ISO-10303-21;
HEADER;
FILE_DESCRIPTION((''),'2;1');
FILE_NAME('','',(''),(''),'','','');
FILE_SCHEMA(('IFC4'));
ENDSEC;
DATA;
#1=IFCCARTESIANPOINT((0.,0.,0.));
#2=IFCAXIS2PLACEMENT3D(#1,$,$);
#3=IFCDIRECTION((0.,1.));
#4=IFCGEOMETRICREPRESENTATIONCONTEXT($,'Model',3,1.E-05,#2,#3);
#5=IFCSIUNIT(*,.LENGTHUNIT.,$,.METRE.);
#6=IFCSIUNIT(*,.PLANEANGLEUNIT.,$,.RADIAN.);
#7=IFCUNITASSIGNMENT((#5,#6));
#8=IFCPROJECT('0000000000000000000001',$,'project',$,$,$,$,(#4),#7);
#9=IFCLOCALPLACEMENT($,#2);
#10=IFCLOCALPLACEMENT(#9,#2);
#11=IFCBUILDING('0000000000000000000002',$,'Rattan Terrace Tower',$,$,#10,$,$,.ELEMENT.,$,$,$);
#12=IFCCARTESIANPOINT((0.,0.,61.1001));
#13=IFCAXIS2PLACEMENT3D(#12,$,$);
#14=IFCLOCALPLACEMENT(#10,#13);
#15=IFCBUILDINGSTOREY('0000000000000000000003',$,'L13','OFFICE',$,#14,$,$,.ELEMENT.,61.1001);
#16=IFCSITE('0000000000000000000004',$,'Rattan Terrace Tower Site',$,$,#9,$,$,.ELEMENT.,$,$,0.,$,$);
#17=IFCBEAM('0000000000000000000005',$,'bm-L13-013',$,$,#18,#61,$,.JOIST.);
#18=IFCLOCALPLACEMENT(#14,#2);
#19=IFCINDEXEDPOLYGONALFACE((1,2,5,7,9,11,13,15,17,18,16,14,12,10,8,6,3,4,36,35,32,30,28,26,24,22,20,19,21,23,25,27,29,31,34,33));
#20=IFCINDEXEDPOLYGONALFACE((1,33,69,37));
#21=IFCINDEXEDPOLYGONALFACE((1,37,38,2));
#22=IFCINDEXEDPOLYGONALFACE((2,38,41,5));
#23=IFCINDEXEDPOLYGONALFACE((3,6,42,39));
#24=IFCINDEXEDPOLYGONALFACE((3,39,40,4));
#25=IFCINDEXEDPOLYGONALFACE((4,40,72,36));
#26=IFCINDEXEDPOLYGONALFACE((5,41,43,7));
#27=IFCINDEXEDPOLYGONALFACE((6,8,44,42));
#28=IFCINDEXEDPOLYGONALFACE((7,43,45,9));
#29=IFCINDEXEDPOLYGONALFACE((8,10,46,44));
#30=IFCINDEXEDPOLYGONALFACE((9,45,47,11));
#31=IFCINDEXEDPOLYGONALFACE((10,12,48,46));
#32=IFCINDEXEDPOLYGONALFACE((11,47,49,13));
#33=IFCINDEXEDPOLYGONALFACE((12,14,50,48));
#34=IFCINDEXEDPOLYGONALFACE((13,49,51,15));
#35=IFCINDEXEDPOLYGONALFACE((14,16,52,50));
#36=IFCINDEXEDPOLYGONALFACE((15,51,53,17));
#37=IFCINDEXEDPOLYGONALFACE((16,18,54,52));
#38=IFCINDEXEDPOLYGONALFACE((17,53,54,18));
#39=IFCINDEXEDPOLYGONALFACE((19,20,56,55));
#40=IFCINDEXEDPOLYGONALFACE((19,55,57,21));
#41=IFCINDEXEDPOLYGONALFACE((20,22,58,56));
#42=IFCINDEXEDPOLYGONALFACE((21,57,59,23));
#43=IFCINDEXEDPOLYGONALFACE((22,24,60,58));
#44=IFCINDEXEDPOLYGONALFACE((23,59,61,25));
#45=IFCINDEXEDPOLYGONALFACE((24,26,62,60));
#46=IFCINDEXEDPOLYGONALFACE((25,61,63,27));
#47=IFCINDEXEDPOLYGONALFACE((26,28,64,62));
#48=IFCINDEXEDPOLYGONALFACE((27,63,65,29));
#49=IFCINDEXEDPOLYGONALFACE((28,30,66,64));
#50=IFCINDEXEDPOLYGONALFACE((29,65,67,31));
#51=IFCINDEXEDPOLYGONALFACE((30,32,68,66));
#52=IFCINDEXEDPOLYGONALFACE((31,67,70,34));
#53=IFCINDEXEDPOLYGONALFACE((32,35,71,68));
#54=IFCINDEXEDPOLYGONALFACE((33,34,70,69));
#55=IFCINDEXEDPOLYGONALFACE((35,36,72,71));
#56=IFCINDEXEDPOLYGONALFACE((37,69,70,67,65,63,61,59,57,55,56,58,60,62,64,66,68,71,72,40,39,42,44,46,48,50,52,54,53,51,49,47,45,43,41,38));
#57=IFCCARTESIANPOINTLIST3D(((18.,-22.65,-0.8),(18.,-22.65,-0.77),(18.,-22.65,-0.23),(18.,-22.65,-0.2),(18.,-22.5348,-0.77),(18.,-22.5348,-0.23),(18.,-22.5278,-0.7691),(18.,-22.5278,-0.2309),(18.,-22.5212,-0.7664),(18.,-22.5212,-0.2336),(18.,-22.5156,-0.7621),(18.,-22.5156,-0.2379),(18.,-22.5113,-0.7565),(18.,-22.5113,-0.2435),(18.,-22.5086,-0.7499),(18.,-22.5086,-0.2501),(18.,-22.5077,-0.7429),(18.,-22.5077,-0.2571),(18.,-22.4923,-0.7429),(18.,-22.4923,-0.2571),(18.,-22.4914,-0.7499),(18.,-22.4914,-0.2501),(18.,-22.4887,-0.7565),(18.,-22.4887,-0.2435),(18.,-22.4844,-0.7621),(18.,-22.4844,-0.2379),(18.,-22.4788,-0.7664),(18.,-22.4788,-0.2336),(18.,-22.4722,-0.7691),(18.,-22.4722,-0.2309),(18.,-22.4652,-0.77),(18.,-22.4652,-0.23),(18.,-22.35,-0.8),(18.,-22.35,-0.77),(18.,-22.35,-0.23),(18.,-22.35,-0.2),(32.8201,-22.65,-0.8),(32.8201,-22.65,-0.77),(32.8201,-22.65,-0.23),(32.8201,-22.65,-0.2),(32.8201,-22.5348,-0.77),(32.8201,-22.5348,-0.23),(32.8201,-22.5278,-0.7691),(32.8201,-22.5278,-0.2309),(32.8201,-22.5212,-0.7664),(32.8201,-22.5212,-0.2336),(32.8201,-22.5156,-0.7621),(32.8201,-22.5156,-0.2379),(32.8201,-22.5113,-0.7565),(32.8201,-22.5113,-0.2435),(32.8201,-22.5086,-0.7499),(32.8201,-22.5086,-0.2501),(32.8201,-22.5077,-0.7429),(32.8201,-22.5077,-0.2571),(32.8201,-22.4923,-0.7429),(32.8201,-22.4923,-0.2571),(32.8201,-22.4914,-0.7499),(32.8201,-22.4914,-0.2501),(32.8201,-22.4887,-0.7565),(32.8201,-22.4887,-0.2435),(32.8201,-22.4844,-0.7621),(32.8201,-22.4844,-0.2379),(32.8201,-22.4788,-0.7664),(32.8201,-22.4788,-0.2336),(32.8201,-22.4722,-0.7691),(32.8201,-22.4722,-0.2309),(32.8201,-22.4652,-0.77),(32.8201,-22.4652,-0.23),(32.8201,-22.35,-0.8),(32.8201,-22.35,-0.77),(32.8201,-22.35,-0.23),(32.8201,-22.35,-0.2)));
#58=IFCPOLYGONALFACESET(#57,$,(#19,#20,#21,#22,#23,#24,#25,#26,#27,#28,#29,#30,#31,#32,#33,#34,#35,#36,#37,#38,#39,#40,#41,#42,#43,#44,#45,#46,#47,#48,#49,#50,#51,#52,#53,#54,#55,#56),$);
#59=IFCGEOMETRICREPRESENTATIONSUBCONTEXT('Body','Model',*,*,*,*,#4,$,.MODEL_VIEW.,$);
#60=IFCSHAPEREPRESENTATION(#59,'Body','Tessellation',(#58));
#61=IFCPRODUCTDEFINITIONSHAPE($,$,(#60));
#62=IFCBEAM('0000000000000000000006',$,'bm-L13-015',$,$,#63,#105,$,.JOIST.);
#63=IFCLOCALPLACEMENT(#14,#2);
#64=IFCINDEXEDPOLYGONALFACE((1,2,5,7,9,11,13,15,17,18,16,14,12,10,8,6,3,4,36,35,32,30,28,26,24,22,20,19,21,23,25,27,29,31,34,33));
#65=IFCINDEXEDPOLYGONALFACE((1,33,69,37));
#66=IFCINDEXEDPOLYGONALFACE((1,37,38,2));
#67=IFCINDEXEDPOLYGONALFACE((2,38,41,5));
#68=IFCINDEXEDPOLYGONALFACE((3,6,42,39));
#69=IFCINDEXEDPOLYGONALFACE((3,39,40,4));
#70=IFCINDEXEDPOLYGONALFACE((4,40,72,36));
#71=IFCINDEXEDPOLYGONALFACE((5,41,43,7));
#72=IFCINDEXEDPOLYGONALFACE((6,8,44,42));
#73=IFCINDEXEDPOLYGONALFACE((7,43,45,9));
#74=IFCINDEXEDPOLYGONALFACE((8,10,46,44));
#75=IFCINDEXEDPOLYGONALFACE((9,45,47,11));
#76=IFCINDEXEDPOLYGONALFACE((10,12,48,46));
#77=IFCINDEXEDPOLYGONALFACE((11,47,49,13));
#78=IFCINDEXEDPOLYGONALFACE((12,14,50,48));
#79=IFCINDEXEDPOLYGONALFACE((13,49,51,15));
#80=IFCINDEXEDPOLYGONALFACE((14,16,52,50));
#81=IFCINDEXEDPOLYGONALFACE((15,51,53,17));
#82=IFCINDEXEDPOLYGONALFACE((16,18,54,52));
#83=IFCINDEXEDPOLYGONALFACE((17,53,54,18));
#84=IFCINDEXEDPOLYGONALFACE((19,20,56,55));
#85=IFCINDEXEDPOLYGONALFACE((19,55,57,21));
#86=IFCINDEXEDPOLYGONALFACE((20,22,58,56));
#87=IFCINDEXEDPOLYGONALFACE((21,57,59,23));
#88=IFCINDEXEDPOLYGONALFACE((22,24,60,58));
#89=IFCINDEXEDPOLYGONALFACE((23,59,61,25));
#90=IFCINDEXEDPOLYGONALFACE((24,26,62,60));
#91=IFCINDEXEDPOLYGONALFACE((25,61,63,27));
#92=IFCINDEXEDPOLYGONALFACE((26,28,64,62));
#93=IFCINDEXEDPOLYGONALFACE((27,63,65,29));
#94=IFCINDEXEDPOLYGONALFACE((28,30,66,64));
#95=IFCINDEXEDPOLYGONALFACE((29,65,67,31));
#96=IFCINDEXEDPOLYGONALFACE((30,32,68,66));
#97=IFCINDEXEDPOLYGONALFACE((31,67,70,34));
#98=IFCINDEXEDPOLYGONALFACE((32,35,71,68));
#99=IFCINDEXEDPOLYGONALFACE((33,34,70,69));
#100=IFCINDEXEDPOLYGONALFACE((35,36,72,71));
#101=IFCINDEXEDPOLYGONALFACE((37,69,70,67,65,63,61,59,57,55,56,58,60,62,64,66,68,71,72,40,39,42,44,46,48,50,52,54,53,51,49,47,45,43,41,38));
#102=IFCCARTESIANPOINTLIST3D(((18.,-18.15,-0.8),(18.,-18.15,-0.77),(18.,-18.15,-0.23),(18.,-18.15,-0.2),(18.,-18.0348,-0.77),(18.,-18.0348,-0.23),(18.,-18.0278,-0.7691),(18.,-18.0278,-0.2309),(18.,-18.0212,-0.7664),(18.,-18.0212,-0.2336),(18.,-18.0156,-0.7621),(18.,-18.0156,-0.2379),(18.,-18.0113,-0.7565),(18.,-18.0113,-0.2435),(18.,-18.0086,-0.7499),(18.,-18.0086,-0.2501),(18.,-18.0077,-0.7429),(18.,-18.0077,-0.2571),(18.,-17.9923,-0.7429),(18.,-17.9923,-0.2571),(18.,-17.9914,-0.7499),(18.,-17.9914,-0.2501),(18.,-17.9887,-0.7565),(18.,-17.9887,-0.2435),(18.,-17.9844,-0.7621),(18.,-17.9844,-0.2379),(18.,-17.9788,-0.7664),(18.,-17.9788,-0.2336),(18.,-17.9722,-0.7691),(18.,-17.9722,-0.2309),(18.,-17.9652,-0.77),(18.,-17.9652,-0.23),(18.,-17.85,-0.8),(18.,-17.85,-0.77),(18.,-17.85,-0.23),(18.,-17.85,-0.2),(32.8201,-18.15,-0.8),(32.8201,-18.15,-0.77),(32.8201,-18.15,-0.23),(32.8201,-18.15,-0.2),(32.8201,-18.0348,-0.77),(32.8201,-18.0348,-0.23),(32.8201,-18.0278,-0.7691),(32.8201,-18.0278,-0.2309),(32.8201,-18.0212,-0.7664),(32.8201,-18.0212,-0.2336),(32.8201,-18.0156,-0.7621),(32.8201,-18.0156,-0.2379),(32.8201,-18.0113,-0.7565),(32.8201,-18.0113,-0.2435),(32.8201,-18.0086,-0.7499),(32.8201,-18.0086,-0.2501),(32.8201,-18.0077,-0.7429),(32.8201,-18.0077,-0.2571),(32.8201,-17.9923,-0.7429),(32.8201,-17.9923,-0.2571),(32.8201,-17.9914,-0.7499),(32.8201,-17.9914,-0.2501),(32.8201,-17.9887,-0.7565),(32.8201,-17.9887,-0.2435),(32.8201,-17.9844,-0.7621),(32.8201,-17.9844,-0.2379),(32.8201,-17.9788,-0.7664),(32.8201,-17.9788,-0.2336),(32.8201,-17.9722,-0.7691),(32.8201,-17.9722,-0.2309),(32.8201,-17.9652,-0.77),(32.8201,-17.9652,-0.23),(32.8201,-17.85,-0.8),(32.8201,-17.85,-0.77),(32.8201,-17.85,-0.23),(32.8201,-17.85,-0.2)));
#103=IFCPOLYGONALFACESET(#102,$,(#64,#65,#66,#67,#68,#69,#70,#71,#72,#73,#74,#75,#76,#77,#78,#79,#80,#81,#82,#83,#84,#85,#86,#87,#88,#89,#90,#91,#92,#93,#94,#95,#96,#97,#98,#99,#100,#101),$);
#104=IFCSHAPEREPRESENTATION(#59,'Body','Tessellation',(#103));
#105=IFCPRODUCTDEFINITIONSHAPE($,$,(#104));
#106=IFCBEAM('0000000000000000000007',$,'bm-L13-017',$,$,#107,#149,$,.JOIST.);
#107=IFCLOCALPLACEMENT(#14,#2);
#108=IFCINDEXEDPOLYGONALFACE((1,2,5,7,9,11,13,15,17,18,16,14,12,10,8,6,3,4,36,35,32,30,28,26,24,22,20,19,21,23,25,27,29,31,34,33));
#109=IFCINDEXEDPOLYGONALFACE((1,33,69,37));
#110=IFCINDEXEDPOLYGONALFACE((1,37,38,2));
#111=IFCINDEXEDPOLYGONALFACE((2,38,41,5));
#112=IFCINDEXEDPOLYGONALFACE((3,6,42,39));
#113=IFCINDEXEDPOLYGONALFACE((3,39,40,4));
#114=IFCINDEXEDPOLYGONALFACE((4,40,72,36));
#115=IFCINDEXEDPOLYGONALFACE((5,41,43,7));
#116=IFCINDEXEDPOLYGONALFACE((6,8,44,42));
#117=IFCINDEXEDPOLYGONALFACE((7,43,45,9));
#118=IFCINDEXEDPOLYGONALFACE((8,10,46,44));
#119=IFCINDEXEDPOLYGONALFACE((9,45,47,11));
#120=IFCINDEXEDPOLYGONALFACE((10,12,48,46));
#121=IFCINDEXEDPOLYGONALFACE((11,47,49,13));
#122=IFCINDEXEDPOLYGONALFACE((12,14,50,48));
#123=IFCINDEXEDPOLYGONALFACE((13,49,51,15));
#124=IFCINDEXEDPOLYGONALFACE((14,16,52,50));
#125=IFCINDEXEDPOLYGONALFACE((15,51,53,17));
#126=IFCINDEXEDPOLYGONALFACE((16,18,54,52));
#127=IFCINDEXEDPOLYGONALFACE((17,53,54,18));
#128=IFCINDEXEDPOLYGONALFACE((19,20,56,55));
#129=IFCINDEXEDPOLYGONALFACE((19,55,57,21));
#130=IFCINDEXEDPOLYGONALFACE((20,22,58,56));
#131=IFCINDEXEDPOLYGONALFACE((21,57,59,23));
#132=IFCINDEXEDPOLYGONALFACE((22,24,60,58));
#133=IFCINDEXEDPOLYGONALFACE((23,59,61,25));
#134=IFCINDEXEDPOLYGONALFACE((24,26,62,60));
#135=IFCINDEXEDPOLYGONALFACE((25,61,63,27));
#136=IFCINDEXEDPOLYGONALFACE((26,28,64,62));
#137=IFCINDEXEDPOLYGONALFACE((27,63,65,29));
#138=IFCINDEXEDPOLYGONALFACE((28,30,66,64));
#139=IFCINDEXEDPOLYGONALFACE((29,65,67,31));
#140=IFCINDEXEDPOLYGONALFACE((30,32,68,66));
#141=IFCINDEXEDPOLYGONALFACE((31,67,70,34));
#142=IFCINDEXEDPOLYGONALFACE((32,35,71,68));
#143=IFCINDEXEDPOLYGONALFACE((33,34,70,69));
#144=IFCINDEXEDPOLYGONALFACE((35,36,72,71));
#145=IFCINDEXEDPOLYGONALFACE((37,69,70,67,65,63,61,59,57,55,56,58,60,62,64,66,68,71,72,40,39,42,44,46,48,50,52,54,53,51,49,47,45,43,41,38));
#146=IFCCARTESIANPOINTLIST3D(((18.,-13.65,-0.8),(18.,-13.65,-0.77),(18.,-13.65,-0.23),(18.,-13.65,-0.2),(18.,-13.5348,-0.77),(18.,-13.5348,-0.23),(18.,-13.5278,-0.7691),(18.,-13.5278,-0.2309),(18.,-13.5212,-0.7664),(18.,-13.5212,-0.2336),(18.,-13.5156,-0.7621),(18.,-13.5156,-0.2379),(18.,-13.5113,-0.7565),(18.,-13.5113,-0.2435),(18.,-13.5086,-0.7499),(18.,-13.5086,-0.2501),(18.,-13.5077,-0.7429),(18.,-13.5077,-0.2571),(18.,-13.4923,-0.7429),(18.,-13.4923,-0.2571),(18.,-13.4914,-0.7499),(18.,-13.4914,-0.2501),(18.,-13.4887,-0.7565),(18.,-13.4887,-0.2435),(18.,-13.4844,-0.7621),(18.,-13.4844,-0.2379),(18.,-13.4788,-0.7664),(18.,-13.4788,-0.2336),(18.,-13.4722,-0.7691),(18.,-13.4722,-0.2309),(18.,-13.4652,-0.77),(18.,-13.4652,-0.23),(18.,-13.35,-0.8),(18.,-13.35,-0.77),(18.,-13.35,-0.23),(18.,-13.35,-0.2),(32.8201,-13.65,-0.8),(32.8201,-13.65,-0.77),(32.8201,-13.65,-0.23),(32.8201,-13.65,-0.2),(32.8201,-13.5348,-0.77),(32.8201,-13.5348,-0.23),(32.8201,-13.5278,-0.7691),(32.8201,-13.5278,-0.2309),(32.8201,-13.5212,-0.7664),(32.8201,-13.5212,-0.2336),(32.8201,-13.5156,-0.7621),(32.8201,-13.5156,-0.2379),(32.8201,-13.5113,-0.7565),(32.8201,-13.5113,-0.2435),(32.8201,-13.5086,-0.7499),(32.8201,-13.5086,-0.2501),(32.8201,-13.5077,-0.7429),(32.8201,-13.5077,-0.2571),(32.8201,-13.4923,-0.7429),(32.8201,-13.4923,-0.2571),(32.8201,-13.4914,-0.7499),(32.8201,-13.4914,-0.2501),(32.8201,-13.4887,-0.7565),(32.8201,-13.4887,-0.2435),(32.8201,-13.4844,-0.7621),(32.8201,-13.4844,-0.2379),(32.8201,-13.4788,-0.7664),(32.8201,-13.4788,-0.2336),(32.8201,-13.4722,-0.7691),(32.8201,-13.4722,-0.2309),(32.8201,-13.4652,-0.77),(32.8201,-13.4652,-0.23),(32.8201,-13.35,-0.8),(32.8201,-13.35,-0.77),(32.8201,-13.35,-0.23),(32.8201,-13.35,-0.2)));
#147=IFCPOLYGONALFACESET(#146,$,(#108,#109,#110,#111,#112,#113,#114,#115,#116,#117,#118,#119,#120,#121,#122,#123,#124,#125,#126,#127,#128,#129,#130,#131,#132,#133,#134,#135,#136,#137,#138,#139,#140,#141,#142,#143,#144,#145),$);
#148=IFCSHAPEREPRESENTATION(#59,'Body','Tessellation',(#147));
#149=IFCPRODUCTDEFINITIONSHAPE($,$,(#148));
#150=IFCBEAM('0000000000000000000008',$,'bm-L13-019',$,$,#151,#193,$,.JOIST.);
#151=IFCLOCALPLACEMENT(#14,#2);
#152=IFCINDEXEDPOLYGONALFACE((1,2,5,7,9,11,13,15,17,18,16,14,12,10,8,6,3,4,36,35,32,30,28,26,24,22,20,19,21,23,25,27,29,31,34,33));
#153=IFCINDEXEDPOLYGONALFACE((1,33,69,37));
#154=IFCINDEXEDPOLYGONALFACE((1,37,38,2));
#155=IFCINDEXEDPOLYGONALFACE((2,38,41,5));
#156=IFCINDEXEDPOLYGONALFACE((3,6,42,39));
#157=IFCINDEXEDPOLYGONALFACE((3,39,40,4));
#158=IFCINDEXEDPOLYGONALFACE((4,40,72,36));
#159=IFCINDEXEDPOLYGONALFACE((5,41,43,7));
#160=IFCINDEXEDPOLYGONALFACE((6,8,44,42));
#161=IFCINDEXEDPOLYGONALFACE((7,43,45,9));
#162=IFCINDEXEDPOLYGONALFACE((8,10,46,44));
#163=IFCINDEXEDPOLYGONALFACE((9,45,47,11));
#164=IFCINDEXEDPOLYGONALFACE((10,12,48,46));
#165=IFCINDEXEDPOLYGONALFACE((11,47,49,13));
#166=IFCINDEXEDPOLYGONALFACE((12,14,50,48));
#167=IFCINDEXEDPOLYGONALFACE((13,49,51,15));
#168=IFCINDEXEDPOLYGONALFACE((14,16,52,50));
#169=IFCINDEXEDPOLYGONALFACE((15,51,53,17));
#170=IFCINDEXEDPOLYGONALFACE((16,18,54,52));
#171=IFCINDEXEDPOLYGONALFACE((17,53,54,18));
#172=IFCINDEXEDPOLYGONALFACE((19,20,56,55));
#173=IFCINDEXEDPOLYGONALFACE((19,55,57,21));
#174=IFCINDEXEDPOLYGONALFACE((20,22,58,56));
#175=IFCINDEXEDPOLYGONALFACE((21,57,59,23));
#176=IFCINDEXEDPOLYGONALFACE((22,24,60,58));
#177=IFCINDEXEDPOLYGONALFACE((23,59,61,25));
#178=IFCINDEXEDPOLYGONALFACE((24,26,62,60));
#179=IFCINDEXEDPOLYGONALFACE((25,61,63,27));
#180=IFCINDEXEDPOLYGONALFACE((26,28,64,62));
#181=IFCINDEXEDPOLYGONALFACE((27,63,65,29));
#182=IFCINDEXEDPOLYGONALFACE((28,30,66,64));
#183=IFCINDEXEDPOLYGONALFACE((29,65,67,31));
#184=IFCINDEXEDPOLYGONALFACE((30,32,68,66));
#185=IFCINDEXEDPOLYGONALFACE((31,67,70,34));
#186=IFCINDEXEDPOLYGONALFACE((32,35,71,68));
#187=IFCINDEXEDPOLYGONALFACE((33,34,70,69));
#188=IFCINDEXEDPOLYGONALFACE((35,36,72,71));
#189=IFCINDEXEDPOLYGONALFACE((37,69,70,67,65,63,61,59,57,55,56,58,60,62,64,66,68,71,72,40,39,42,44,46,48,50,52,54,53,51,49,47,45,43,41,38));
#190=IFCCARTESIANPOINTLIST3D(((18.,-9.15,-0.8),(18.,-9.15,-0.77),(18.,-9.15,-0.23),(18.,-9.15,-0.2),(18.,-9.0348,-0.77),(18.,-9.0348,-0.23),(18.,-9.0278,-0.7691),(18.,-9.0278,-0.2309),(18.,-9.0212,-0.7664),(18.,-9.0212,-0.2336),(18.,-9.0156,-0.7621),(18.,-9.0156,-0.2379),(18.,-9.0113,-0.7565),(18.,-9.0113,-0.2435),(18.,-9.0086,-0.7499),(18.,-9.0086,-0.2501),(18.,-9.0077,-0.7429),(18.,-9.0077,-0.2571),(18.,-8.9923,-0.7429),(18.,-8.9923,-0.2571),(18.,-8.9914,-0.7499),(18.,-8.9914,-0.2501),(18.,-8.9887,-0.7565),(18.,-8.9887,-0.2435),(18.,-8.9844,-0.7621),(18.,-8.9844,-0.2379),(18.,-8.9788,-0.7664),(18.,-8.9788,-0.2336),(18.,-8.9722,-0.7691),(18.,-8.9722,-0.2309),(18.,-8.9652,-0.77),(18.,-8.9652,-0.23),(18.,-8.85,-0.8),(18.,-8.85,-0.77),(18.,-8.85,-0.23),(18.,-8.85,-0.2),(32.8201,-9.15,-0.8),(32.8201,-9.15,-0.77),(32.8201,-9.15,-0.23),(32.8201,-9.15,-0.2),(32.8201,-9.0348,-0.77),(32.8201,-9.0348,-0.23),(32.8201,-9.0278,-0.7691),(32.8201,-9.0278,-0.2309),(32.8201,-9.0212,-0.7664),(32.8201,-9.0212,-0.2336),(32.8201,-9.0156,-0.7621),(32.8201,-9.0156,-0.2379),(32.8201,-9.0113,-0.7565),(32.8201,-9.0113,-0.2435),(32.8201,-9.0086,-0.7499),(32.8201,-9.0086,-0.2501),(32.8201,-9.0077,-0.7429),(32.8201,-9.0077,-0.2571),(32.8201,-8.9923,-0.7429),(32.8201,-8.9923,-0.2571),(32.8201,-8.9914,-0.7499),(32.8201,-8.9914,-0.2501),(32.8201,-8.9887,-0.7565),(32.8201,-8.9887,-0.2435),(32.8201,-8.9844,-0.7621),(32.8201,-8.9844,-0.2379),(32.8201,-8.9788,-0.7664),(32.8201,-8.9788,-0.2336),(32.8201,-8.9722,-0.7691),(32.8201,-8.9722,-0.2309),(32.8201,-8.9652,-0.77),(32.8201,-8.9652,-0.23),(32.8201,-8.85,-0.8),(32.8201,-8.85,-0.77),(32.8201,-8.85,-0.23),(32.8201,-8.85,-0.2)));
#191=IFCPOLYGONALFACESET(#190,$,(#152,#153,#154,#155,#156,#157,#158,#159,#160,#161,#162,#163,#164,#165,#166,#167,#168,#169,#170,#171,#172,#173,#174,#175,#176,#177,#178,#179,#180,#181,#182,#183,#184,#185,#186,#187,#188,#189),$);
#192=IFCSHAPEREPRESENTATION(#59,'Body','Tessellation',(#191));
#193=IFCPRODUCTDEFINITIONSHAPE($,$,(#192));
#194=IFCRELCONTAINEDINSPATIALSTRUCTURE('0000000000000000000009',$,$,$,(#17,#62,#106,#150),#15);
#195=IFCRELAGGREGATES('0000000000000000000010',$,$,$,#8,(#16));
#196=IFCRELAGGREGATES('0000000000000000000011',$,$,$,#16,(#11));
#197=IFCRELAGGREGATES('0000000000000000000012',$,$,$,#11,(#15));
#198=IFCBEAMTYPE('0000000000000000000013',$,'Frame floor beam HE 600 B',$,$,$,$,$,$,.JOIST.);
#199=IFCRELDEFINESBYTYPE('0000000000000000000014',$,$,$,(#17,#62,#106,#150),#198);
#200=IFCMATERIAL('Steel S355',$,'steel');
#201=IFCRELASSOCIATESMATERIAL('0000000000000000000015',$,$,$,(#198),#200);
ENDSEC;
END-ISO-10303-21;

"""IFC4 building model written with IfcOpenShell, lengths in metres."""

from ifc_helpers import new_model, si_unit, direction, frame, origin, origin_2d, place, context, subcontext, project, spatial, i_section, extrude, material, material_profile, profile_set, type_object, element, save


model = new_model("IFC4")

# Units and contexts
model_context = context("Model", 3, precision=1e-05, world=origin(), true_north=direction((0.0, 1.0)))
body_context = subcontext(model_context, "Body", "Model", "MODEL_VIEW")
ifc_project = project(units=[si_unit("LENGTHUNIT", "METRE"), si_unit("PLANEANGLEUNIT", "RADIAN")], contexts=[model_context])

# Site, building, storey
site_placement = place(None, origin())
site = spatial("IfcSite", under=ifc_project, at=site_placement, Name="Rattan Terrace Tower Site", CompositionType="ELEMENT", RefElevation=0.0)
building_placement = place(site_placement, origin())
building = spatial("IfcBuilding", under=site, at=building_placement, Name="Rattan Terrace Tower", CompositionType="ELEMENT")
storey_placement = place(building_placement, frame((0.0, 0.0, 61.1001)))
storey = spatial("IfcBuildingStorey", under=building, at=storey_placement, Name="L13", Description="OFFICE", CompositionType="ELEMENT", Elevation=61.1001)

# Beams
ifc_material_1 = material(Name="Steel S355", Category="steel")
ifc_material_profile = material_profile(ifc_material_1, i_section(OverallWidth=0.3, OverallDepth=0.6001, WebThickness=0.0154, FlangeThickness=0.03, FilletRadius=0.0271, at=origin_2d()), Name="HE 600 B")
ifc_profile_set = profile_set([ifc_material_profile], Name="Steel S355")
beam_type = type_object("IfcBeamType", Name="Frame floor beam HE 600 B", PredefinedType="JOIST", material=ifc_profile_set)
for number, where, z_axis, x_axis, name in (
    (1, (18.0, -22.5, -0.5), (1.0, 0.0, 0.0), (0.0, 1.0, 0.0), "bm-L13-013"),
    (2, (18.0, -18.0, -0.5), (1.0, 0.0, 0.0), (0.0, 1.0, 0.0), "bm-L13-015"),
    (3, (18.0, -13.5, -0.5), (1.0, 0.0, 0.0), (0.0, 1.0, 0.0), "bm-L13-017"),
    (4, (18.0, -9.0, -0.5), (1.0, 0.0, 0.0), (0.0, 1.0, 0.0), "bm-L13-019"),
):
    element("IfcBeam", number, at=place(storey_placement, frame(where, z_axis=z_axis, x_axis=x_axis)), inside=storey, type_object=beam_type, Name=name, PredefinedType="JOIST", context=body_context, shape_type="SweptSolid", body=[
        extrude(i_section(OverallWidth=0.3, OverallDepth=0.6001, WebThickness=0.0154, FlangeThickness=0.03, FilletRadius=0.0271, at=origin_2d()), origin(), (0.0, 0.0, 1.0), 14.8201),
    ])

save(model, "model.ifc")
